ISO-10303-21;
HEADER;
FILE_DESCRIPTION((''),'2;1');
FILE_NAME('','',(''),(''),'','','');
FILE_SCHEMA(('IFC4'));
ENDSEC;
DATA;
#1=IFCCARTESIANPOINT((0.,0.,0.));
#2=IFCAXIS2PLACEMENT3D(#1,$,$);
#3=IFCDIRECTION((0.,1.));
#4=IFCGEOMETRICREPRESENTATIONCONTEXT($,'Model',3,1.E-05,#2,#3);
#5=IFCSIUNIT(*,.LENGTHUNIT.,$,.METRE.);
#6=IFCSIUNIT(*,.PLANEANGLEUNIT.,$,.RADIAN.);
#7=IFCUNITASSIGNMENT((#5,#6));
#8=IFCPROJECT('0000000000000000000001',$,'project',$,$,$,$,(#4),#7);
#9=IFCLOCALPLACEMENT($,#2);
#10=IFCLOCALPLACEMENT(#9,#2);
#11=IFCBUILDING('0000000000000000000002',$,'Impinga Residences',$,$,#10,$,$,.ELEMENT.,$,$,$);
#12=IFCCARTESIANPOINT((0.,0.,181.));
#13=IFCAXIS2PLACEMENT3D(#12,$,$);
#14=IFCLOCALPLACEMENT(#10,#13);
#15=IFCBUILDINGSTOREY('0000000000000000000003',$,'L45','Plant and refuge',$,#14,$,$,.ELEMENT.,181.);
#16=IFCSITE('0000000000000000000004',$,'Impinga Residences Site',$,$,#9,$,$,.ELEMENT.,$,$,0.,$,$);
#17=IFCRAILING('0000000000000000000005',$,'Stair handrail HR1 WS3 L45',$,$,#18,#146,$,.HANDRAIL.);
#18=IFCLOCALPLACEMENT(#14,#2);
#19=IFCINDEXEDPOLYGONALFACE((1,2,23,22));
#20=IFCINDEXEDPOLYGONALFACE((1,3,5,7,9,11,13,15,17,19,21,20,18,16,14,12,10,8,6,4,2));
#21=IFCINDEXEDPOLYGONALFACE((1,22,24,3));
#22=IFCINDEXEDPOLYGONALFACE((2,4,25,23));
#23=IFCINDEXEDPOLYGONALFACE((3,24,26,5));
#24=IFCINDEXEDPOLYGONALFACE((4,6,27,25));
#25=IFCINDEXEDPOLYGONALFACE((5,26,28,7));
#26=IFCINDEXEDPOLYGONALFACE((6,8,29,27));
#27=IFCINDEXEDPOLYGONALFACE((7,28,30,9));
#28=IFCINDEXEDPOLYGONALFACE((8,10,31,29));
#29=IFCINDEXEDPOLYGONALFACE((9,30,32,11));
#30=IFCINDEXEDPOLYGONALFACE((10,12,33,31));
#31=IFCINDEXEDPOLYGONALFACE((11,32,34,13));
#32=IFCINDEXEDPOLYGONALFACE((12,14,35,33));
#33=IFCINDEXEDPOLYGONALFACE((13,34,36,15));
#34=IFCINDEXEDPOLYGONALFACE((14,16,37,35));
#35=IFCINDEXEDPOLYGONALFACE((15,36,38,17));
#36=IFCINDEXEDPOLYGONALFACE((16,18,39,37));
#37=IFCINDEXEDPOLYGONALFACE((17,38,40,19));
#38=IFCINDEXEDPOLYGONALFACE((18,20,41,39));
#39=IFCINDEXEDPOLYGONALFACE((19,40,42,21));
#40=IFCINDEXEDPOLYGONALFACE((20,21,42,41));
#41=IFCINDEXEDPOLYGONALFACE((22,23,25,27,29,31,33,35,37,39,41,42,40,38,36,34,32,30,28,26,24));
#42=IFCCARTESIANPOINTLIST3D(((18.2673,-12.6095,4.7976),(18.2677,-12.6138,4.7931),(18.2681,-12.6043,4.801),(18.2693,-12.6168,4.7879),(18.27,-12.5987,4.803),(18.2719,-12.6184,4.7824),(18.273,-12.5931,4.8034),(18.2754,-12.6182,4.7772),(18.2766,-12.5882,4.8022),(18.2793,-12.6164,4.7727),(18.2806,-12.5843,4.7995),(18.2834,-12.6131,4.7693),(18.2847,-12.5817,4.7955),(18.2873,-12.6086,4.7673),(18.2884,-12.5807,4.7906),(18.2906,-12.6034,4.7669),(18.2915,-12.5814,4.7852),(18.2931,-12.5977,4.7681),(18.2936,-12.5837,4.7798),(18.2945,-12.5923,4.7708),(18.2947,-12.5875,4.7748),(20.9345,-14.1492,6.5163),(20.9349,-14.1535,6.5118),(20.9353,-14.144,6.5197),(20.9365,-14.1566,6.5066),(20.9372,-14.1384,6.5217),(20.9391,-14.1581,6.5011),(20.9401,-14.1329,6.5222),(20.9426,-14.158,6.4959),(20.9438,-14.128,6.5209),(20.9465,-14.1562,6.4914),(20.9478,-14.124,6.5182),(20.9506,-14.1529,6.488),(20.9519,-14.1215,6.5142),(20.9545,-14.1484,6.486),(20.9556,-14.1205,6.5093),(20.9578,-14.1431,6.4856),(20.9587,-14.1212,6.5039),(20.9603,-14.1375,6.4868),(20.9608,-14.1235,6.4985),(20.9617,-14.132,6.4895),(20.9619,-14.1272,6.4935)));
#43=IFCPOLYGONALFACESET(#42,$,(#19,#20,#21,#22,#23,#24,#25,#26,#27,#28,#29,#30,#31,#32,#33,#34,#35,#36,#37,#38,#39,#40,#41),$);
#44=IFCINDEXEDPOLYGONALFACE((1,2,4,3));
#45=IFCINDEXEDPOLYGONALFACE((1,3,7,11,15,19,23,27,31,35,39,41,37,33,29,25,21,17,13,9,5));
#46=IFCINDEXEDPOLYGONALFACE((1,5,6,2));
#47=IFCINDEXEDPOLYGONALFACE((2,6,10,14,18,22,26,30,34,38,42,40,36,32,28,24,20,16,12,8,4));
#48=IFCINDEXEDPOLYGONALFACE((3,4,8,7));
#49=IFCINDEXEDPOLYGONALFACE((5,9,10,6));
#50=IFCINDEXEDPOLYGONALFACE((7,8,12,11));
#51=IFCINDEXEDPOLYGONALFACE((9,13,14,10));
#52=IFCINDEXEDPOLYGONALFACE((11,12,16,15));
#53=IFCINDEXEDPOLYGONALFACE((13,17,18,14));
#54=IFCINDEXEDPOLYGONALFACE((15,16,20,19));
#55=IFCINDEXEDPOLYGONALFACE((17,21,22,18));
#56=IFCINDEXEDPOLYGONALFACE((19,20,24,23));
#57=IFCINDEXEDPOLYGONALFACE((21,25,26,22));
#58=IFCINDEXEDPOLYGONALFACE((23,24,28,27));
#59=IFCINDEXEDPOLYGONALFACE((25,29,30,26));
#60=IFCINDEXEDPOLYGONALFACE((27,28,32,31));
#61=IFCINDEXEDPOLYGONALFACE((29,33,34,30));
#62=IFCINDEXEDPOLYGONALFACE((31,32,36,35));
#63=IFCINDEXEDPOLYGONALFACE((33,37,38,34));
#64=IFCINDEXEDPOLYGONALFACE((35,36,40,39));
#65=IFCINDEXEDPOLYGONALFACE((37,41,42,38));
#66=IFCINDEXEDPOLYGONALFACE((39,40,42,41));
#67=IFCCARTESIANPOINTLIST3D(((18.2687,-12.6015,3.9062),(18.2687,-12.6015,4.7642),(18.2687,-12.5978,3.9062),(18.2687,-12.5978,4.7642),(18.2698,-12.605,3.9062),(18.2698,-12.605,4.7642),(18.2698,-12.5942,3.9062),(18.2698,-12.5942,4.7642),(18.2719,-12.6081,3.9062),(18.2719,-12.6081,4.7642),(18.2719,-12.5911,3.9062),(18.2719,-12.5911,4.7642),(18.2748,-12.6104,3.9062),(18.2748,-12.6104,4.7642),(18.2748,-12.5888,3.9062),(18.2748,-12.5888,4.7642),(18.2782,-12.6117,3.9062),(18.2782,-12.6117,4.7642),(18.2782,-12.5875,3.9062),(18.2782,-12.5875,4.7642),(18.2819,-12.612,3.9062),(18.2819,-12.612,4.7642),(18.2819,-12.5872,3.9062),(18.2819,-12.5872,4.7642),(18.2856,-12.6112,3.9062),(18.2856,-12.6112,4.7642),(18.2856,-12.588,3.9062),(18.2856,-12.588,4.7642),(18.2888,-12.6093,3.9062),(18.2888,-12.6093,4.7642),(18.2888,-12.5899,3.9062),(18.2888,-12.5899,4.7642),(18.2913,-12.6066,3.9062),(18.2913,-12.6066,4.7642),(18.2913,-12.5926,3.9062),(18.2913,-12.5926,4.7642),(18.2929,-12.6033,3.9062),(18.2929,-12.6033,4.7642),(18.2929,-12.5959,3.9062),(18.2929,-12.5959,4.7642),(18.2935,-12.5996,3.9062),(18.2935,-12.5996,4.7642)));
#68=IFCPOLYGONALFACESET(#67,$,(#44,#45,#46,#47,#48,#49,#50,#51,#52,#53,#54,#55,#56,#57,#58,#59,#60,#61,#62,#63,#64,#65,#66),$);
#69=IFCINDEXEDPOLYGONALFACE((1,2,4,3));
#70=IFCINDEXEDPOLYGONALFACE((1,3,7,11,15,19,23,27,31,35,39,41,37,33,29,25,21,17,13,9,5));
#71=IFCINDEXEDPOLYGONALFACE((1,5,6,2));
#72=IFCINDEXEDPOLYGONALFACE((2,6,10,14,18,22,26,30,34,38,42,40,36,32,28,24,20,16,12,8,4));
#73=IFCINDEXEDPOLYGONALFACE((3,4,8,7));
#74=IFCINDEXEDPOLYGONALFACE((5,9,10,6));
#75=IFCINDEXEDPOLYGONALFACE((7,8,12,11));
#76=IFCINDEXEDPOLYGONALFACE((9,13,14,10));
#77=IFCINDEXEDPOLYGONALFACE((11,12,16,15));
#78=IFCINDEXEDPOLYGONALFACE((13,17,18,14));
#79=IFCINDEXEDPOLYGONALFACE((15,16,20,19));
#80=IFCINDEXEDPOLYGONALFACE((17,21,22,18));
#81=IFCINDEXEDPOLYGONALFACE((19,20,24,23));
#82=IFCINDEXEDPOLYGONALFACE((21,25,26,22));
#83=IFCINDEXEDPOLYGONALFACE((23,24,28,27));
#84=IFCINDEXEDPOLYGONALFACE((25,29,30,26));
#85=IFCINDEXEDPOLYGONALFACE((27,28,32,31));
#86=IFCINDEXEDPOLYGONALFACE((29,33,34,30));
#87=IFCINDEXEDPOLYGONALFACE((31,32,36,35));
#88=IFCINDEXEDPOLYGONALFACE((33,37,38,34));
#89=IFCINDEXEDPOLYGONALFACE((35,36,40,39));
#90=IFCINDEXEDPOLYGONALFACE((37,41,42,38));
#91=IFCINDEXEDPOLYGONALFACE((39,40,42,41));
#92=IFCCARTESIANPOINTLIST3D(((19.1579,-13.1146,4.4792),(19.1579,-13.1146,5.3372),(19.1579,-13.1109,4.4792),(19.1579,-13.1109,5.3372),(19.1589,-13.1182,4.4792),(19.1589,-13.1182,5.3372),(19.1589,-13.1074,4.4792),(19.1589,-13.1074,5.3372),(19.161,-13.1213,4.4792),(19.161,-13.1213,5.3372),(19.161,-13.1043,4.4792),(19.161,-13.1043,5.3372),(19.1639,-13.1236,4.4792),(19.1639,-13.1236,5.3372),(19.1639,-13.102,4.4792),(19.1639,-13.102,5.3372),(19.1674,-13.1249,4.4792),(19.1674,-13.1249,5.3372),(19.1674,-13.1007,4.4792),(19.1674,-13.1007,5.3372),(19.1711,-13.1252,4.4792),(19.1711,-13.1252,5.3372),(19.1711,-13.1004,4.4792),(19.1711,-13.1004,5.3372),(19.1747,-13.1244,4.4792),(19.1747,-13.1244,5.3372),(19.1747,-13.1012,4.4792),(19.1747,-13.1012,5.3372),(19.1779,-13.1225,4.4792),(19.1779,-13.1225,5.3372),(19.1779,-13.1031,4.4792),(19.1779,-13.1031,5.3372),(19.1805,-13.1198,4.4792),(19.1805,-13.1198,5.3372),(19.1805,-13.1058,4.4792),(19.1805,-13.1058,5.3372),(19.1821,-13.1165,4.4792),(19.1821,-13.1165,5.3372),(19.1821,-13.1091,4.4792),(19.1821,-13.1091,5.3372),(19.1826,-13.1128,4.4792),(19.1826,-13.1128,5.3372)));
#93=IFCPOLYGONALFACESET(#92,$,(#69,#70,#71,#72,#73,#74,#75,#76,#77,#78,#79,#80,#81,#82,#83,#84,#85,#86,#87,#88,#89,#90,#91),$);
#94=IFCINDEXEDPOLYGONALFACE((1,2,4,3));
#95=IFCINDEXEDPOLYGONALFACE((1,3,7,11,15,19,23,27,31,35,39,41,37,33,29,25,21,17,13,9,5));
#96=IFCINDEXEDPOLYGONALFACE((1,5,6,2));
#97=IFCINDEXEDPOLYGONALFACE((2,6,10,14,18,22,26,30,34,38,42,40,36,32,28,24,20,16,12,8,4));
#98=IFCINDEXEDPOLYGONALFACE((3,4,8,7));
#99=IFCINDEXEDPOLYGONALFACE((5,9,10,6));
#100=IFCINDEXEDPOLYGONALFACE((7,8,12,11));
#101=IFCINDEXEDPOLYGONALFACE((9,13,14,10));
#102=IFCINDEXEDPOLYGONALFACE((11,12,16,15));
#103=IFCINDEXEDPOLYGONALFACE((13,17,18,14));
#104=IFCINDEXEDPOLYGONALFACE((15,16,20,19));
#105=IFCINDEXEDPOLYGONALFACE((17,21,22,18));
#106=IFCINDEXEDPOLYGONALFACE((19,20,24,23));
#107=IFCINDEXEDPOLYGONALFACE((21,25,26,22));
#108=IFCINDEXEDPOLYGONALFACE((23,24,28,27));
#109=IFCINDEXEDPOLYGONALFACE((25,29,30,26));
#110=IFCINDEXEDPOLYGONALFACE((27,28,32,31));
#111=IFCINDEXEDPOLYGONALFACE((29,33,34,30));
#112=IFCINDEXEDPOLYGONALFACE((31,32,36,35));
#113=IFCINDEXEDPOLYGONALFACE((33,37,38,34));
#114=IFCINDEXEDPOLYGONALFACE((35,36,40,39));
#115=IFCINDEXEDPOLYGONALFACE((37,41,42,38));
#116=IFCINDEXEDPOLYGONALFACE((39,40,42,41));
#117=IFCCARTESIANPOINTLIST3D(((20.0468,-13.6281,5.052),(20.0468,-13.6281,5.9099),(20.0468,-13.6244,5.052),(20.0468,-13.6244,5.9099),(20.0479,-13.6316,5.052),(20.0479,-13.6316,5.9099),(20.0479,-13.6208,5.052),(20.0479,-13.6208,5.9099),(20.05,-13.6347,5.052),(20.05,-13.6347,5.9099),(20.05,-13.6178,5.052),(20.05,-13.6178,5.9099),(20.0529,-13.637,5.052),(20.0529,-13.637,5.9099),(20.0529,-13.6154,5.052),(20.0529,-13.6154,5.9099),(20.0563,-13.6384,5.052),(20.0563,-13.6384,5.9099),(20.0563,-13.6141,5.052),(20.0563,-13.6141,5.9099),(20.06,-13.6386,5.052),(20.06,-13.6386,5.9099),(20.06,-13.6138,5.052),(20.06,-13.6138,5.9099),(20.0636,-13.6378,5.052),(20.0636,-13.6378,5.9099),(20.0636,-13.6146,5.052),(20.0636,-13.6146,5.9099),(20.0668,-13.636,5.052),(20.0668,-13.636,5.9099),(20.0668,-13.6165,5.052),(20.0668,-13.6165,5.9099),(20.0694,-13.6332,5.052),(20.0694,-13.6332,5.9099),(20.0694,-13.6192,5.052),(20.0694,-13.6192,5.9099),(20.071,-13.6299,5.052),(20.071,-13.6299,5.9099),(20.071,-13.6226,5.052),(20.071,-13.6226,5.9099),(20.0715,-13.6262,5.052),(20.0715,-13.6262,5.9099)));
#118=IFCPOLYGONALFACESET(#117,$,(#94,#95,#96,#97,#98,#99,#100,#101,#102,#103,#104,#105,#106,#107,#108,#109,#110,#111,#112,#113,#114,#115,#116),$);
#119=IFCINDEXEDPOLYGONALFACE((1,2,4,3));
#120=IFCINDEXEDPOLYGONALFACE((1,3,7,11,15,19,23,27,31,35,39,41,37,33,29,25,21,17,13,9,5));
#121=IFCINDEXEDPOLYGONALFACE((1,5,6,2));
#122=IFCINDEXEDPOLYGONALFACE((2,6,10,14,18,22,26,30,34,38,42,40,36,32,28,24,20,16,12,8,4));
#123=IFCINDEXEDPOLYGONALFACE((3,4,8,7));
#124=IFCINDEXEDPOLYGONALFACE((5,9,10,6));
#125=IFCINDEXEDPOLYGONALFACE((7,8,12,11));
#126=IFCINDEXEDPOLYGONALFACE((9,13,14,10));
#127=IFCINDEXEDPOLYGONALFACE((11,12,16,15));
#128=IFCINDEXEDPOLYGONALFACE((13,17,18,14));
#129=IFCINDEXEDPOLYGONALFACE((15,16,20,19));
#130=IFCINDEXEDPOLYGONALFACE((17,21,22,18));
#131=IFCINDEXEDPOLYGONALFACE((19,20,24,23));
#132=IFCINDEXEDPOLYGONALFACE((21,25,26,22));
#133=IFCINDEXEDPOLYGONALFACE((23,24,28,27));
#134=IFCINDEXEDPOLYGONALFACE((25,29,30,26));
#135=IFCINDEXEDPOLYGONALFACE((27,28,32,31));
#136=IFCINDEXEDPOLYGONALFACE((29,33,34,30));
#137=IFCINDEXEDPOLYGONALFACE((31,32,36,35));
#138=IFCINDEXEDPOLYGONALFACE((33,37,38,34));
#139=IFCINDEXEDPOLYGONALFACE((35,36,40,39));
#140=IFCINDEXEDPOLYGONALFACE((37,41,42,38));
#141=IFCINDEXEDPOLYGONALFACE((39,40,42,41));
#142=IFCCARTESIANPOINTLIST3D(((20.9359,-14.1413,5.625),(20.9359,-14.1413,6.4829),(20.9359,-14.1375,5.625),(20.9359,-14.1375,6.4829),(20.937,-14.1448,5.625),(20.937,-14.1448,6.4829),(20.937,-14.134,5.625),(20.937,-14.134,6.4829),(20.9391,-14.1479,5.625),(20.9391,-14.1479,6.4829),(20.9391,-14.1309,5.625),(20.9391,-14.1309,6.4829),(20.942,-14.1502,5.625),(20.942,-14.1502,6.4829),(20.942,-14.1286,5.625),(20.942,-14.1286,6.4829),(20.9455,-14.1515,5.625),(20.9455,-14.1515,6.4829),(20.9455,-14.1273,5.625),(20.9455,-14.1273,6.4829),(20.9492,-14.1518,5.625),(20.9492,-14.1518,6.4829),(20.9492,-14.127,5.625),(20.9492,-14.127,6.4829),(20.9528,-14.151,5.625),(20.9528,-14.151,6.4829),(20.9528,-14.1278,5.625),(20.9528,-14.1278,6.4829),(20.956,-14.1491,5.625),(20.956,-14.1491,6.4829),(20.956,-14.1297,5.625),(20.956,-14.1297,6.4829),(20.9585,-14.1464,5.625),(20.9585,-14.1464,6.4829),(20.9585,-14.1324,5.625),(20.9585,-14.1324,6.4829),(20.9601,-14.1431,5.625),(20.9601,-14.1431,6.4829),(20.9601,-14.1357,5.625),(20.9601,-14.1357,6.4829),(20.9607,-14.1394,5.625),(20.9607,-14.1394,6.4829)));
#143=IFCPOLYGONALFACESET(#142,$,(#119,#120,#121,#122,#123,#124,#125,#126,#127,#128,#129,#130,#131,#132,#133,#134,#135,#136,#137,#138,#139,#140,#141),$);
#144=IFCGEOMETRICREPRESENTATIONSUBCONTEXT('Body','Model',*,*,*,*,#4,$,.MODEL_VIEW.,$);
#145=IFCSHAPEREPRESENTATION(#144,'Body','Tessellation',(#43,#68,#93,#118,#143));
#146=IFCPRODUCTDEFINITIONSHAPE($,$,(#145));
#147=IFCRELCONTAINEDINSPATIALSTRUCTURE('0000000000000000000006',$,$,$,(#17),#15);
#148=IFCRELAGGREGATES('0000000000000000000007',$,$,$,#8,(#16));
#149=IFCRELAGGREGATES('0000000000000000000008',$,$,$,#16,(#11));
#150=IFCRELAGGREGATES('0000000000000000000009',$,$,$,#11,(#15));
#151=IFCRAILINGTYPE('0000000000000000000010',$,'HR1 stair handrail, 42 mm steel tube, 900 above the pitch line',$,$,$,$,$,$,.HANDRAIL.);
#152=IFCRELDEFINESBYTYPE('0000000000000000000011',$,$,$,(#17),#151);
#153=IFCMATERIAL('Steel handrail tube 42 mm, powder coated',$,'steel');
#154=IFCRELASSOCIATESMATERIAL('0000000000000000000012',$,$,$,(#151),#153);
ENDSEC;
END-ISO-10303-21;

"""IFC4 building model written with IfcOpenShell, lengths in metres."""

from ifc_helpers import new_model, si_unit, direction, frame, origin, origin_2d, place, context, subcontext, project, spatial, circle, extrude, material, type_object, element, save


model = new_model("IFC4")

# Units and contexts
model_context = context("Model", 3, precision=1e-05, world=origin(), true_north=direction((0.0, 1.0)))
body_context = subcontext(model_context, "Body", "Model", "MODEL_VIEW")
ifc_project = project(units=[si_unit("LENGTHUNIT", "METRE"), si_unit("PLANEANGLEUNIT", "RADIAN")], contexts=[model_context])

# Site, building, storey
site_placement = place(None, origin())
site = spatial("IfcSite", under=ifc_project, at=site_placement, Name="Impinga Residences Site", CompositionType="ELEMENT", RefElevation=0.0)
building_placement = place(site_placement, origin())
building = spatial("IfcBuilding", under=site, at=building_placement, Name="Impinga Residences", CompositionType="ELEMENT")
storey_placement = place(building_placement, frame((0.0, 0.0, 181.0)))
storey = spatial("IfcBuildingStorey", under=building, at=storey_placement, Name="L45", Description="Plant and refuge", CompositionType="ELEMENT", Elevation=181.0)

# Railing
ifc_material_1 = material(Name="Steel handrail tube 42 mm, powder coated", Category="steel")
railing_type_1 = type_object("IfcRailingType", Name="HR1 stair handrail, 42 mm steel tube, 900 above the pitch line", PredefinedType="HANDRAIL", material=ifc_material_1)
railing_1_placement = place(storey_placement, frame((18.281, -12.5996, 3.9062)))
element("IfcRailing", 1, at=railing_1_placement, inside=storey, type_object=railing_type_1, Name="Stair handrail HR1 WS3 L45", PredefinedType="HANDRAIL", context=body_context, shape_type="SweptSolid", body=[
    extrude(circle(Radius=0.021, at=origin_2d()), frame((0.0, 0.0, 0.8789), z_axis=(0.756249, -0.436582, 0.487322), x_axis=(0.499967, 0.866044, 0.0)), (0.0, 0.0, 1.0), 3.5269),
    extrude(circle(Radius=0.0125, at=origin_2d()), origin(), (0.0, 0.0, 1.0), 0.8579),
    extrude(circle(Radius=0.0125, at=origin_2d()), frame((0.8892, -0.5132, 0.573)), (0.0, 0.0, 1.0), 0.8579),
    extrude(circle(Radius=0.0125, at=origin_2d()), frame((1.7781, -1.0266, 1.1458)), (0.0, 0.0, 1.0), 0.8579),
    extrude(circle(Radius=0.0125, at=origin_2d()), frame((2.6672, -1.5398, 1.7188)), (0.0, 0.0, 1.0), 0.8579),
])

save(model, "model.ifc")
